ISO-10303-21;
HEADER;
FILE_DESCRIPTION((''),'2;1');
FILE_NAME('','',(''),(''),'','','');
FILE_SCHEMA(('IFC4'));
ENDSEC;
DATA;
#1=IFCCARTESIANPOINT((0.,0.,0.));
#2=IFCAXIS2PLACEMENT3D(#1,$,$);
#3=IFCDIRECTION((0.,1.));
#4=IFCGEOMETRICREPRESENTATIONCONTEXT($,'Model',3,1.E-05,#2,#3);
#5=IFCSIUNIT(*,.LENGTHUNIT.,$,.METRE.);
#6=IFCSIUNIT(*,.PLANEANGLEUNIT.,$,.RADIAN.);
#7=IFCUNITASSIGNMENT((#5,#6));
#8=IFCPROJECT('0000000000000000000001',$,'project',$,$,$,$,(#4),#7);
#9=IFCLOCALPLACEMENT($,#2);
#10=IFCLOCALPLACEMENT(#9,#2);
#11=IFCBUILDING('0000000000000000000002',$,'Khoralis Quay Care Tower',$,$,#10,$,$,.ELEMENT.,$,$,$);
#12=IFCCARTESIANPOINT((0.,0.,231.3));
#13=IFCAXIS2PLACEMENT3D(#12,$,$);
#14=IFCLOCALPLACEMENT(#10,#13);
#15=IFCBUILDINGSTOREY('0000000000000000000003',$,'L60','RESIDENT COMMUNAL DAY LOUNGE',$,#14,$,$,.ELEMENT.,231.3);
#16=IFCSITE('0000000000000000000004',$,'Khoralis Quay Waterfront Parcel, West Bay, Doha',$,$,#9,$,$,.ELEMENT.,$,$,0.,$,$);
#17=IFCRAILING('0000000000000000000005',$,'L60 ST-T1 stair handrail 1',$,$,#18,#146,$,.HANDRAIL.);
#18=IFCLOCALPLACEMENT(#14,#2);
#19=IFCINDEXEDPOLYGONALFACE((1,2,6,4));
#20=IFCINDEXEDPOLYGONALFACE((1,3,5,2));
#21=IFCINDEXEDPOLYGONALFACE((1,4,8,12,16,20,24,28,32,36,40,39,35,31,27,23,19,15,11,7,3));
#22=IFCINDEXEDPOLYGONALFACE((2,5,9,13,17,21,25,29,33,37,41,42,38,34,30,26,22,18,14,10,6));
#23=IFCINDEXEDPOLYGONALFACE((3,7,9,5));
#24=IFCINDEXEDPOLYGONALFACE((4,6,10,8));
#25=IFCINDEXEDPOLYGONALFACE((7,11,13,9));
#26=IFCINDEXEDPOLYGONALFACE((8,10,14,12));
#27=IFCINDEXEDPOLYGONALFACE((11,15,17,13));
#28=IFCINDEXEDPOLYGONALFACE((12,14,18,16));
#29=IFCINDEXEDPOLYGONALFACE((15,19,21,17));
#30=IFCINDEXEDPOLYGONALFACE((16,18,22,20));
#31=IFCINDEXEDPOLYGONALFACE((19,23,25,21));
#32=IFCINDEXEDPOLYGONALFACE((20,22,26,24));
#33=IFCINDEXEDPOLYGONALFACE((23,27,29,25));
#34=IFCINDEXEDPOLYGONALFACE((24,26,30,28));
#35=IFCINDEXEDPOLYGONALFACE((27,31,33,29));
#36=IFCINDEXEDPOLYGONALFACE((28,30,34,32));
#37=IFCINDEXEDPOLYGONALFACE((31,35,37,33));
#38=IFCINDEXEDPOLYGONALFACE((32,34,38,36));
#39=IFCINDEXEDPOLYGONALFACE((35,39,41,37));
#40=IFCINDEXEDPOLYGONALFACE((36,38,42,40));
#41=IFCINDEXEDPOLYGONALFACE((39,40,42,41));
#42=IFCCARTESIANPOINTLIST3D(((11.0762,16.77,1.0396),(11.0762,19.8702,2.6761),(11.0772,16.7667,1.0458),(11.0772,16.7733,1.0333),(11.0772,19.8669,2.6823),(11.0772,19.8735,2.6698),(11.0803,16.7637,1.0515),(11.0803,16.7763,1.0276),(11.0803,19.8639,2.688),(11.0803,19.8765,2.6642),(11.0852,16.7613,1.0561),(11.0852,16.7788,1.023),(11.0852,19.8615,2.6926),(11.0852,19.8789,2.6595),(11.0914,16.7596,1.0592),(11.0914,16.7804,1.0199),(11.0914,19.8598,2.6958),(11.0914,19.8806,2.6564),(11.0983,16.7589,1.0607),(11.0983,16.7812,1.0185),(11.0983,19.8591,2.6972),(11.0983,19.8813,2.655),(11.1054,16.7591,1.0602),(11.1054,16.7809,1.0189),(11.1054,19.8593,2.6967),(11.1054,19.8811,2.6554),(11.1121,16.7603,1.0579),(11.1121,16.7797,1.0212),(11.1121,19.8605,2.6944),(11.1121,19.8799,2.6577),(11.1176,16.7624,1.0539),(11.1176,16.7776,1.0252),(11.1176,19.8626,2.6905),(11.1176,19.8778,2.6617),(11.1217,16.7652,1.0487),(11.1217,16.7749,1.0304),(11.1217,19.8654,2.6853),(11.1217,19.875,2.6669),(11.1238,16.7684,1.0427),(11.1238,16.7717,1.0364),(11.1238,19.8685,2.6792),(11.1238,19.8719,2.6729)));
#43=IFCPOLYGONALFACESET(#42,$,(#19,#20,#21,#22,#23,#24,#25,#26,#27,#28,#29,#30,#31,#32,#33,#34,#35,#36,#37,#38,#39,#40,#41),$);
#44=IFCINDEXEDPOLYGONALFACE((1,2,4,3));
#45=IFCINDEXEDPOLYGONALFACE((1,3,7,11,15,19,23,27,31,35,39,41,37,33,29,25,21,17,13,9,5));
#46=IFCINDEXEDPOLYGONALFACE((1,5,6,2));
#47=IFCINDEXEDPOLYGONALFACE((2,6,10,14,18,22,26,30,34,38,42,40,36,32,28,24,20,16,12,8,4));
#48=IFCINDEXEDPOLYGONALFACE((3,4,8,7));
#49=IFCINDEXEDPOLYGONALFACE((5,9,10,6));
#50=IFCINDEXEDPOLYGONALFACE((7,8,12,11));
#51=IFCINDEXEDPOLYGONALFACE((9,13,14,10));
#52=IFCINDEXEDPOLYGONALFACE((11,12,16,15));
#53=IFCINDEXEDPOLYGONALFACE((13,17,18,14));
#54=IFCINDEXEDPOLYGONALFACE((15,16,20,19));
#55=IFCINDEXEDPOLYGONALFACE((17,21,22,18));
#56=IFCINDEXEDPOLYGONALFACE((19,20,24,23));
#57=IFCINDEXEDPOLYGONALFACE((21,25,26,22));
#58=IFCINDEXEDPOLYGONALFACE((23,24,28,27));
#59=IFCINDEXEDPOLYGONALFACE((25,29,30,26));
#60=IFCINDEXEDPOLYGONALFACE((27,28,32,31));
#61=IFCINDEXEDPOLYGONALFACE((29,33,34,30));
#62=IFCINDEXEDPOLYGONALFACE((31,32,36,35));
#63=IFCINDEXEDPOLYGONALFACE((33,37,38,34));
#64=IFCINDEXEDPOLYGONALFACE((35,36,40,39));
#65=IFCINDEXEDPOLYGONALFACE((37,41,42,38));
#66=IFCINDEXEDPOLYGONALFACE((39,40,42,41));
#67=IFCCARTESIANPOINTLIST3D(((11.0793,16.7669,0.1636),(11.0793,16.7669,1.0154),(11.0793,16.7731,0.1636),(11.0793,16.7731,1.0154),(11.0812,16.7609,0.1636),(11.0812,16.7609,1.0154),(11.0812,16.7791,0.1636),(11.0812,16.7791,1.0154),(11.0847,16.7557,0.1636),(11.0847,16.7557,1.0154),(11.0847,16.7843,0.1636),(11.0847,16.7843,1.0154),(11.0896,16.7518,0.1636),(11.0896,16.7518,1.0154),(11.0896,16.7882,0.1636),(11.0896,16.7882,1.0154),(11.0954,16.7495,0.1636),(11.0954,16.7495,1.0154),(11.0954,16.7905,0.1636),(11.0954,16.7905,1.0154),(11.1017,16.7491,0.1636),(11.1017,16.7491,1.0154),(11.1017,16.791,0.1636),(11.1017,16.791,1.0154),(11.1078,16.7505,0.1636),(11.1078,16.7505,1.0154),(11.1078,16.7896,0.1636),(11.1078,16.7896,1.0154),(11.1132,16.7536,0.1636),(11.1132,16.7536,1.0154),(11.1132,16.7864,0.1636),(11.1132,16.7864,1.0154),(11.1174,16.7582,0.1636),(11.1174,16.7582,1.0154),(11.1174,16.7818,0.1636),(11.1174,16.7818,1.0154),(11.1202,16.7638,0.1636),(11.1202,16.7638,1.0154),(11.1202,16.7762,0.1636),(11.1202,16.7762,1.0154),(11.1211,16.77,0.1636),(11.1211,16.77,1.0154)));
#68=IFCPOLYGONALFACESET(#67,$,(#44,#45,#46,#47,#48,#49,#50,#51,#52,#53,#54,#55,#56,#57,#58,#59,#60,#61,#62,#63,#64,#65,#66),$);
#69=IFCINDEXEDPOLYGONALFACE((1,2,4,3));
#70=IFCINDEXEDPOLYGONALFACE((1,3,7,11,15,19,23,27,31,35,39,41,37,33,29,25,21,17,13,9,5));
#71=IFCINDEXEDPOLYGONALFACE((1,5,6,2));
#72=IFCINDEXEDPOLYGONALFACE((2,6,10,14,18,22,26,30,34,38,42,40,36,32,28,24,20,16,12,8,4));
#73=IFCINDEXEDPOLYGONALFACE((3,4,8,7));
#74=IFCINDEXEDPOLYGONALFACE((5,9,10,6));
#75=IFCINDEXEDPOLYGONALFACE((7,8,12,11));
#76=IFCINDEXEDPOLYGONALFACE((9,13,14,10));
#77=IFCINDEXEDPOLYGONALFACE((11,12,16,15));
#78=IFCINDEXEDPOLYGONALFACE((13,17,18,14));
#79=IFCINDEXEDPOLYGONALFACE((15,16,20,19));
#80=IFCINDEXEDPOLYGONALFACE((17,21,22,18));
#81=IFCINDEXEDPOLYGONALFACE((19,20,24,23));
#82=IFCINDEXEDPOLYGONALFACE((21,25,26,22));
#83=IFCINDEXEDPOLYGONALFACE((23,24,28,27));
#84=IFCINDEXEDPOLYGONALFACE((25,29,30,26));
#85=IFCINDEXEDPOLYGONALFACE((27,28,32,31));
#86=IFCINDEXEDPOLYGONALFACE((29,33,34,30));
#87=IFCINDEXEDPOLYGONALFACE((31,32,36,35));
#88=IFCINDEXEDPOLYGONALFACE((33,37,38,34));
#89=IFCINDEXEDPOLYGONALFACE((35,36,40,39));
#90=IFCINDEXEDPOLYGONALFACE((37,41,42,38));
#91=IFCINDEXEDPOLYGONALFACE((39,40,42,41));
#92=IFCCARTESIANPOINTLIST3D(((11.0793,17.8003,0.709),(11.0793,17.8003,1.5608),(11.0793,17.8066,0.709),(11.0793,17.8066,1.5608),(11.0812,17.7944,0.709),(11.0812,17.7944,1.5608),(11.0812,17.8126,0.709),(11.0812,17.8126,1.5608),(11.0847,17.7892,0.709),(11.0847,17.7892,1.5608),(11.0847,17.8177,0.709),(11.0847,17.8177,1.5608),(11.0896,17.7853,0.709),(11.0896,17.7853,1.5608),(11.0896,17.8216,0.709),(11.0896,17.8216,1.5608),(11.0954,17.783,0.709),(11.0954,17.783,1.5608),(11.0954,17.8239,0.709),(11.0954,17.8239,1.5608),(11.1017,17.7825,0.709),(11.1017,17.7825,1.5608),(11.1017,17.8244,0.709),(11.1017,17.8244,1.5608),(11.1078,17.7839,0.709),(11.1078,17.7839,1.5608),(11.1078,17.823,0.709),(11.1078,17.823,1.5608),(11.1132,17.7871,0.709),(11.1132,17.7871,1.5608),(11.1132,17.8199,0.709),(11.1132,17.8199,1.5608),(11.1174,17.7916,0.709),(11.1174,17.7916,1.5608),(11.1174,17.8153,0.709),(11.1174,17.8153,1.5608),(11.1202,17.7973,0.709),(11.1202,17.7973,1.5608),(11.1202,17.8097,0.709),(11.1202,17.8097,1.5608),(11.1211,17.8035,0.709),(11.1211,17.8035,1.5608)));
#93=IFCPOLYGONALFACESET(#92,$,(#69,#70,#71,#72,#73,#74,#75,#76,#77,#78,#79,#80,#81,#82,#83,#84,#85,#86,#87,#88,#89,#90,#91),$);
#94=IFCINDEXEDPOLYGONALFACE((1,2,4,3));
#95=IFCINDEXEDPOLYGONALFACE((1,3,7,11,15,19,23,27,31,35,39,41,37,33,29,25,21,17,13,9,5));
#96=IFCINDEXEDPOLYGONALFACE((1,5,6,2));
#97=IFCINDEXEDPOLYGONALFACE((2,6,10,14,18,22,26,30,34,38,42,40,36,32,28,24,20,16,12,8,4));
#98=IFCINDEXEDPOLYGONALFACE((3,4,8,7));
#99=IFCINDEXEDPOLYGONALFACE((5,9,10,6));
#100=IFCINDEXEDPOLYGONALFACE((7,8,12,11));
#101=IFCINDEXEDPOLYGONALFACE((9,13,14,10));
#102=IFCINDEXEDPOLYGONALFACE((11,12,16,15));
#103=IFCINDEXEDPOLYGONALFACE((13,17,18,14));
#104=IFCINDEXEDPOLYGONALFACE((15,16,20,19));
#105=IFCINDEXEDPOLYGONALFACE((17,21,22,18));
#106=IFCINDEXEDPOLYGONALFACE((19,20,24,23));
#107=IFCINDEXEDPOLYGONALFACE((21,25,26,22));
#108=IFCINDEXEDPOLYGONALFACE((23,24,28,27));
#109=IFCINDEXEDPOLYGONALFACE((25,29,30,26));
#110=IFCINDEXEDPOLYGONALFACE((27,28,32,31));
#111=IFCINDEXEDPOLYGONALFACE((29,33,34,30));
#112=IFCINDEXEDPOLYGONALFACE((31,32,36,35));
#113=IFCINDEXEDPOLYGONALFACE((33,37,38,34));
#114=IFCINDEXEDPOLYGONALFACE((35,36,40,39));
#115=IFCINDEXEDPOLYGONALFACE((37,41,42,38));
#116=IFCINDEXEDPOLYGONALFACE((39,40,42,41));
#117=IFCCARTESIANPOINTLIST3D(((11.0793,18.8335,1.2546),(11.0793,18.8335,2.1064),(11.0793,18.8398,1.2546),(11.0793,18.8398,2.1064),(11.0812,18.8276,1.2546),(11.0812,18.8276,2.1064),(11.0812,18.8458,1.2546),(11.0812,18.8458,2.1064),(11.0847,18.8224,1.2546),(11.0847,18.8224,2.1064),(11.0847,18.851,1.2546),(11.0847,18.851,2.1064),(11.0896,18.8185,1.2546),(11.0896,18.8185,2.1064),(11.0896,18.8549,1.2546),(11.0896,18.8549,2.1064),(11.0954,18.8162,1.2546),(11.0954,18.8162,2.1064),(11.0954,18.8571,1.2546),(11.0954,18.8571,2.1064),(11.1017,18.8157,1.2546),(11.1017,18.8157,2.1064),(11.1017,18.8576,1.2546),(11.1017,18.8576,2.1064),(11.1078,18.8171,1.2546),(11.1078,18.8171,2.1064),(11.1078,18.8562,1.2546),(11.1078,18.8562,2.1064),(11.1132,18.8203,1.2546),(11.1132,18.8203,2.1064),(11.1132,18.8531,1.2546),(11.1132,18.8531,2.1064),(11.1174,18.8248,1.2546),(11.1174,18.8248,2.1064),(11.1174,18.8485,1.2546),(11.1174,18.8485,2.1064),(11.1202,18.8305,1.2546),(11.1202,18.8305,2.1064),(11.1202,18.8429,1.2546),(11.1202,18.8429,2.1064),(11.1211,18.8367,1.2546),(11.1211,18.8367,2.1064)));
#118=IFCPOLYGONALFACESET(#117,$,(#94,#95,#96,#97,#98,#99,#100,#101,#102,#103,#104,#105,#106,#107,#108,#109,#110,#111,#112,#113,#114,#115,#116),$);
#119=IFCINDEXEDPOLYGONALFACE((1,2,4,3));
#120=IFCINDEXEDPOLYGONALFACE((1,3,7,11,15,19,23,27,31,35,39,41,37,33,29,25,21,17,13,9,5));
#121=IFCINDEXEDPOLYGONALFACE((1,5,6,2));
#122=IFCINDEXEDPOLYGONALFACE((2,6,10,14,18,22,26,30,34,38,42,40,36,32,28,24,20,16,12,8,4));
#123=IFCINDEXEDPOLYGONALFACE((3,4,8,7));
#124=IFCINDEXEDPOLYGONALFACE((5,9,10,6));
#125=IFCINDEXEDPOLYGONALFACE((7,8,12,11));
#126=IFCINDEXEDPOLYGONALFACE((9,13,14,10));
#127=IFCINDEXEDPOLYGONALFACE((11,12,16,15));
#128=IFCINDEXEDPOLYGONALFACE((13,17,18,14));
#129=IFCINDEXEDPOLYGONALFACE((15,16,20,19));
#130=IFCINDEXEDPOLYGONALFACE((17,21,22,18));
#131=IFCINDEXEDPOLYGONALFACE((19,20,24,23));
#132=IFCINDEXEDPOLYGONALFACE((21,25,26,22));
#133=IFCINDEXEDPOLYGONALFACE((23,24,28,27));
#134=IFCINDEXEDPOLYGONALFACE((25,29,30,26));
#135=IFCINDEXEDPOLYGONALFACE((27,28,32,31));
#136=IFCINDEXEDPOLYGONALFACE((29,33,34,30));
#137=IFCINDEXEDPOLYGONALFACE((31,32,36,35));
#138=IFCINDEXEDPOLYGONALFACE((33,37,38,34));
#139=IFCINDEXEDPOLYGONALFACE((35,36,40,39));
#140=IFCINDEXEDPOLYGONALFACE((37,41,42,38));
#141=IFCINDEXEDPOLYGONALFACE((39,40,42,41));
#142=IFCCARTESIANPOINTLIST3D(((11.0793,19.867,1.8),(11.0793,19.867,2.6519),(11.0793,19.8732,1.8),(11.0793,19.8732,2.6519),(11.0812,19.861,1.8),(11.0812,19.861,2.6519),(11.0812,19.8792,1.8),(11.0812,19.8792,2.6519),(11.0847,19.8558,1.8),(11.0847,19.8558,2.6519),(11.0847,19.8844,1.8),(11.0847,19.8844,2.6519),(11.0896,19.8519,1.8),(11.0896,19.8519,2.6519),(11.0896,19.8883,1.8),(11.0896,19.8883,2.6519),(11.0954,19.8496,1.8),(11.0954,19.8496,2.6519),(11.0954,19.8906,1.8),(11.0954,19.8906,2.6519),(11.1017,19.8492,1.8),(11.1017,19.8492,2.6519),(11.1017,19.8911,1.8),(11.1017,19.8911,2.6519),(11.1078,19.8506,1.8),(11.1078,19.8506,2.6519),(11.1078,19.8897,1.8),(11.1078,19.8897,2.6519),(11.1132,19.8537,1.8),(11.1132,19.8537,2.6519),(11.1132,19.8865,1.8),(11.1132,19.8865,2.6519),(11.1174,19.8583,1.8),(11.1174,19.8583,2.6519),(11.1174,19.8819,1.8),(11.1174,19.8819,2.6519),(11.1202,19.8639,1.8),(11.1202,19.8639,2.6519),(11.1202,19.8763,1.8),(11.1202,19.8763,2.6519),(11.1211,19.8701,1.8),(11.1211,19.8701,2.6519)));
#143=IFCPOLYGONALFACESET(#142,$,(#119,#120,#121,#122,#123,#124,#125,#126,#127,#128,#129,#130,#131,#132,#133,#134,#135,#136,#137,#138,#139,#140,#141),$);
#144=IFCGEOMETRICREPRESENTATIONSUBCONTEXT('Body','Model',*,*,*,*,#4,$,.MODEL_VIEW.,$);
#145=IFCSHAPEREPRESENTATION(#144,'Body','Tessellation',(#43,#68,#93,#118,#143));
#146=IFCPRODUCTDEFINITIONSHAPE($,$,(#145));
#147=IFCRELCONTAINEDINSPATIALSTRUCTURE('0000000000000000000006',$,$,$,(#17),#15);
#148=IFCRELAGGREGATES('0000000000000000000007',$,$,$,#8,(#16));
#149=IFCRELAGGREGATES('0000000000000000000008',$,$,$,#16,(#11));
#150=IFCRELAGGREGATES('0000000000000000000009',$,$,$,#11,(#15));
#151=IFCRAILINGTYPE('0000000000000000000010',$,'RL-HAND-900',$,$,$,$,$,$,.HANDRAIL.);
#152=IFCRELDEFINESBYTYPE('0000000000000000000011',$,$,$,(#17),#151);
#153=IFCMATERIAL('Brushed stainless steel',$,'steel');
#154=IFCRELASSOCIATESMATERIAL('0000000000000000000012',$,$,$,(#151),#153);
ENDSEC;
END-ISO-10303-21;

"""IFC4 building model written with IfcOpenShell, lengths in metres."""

from ifc_helpers import new_model, si_unit, direction, frame, origin, origin_2d, place, context, subcontext, project, spatial, circle, extrude, material, type_object, element, save


model = new_model("IFC4")

# Units and contexts
model_context = context("Model", 3, precision=1e-05, world=origin(), true_north=direction((0.0, 1.0)))
body_context = subcontext(model_context, "Body", "Model", "MODEL_VIEW")
ifc_project = project(units=[si_unit("LENGTHUNIT", "METRE"), si_unit("PLANEANGLEUNIT", "RADIAN")], contexts=[model_context])

# Site, building, storey
site_placement = place(None, origin())
site = spatial("IfcSite", under=ifc_project, at=site_placement, Name="Khoralis Quay Waterfront Parcel, West Bay, Doha", CompositionType="ELEMENT", RefElevation=0.0)
building_placement = place(site_placement, origin())
building = spatial("IfcBuilding", under=site, at=building_placement, Name="Khoralis Quay Care Tower", CompositionType="ELEMENT")
storey_placement = place(building_placement, frame((0.0, 0.0, 231.3)))
storey = spatial("IfcBuildingStorey", under=building, at=storey_placement, Name="L60", Description="RESIDENT COMMUNAL DAY LOUNGE", CompositionType="ELEMENT", Elevation=231.3)

# Railing
ifc_material_1 = material(Name="Brushed stainless steel", Category="steel")
railing_type_1 = type_object("IfcRailingType", Name="RL-HAND-900", PredefinedType="HANDRAIL", material=ifc_material_1)
railing_1_placement = place(storey_placement, frame((11.1001, 16.77, 0.1636)))
element("IfcRailing", 1, at=railing_1_placement, inside=storey, type_object=railing_type_1, Name="L60 ST-T1 stair handrail 1", PredefinedType="HANDRAIL", context=body_context, shape_type="SweptSolid", body=[
    extrude(circle(Radius=0.0239, at=origin_2d()), frame((0.0, 0.0, 0.876), z_axis=(0.0, 0.884348, 0.466828), x_axis=(-1.0, 0.0, 0.0)), (0.0, 0.0, 1.0), 3.5056),
    extrude(circle(Radius=0.021, at=origin_2d()), origin(), (0.0, 0.0, 1.0), 0.8518),
    extrude(circle(Radius=0.021, at=origin_2d()), frame((0.0, 1.0334, 0.5454)), (0.0, 0.0, 1.0), 0.8518),
    extrude(circle(Radius=0.021, at=origin_2d()), frame((0.0, 2.0667, 1.0911)), (0.0, 0.0, 1.0), 0.8518),
    extrude(circle(Radius=0.021, at=origin_2d()), frame((0.0, 3.1001, 1.6365)), (0.0, 0.0, 1.0), 0.8518),
])

save(model, "model.ifc")
